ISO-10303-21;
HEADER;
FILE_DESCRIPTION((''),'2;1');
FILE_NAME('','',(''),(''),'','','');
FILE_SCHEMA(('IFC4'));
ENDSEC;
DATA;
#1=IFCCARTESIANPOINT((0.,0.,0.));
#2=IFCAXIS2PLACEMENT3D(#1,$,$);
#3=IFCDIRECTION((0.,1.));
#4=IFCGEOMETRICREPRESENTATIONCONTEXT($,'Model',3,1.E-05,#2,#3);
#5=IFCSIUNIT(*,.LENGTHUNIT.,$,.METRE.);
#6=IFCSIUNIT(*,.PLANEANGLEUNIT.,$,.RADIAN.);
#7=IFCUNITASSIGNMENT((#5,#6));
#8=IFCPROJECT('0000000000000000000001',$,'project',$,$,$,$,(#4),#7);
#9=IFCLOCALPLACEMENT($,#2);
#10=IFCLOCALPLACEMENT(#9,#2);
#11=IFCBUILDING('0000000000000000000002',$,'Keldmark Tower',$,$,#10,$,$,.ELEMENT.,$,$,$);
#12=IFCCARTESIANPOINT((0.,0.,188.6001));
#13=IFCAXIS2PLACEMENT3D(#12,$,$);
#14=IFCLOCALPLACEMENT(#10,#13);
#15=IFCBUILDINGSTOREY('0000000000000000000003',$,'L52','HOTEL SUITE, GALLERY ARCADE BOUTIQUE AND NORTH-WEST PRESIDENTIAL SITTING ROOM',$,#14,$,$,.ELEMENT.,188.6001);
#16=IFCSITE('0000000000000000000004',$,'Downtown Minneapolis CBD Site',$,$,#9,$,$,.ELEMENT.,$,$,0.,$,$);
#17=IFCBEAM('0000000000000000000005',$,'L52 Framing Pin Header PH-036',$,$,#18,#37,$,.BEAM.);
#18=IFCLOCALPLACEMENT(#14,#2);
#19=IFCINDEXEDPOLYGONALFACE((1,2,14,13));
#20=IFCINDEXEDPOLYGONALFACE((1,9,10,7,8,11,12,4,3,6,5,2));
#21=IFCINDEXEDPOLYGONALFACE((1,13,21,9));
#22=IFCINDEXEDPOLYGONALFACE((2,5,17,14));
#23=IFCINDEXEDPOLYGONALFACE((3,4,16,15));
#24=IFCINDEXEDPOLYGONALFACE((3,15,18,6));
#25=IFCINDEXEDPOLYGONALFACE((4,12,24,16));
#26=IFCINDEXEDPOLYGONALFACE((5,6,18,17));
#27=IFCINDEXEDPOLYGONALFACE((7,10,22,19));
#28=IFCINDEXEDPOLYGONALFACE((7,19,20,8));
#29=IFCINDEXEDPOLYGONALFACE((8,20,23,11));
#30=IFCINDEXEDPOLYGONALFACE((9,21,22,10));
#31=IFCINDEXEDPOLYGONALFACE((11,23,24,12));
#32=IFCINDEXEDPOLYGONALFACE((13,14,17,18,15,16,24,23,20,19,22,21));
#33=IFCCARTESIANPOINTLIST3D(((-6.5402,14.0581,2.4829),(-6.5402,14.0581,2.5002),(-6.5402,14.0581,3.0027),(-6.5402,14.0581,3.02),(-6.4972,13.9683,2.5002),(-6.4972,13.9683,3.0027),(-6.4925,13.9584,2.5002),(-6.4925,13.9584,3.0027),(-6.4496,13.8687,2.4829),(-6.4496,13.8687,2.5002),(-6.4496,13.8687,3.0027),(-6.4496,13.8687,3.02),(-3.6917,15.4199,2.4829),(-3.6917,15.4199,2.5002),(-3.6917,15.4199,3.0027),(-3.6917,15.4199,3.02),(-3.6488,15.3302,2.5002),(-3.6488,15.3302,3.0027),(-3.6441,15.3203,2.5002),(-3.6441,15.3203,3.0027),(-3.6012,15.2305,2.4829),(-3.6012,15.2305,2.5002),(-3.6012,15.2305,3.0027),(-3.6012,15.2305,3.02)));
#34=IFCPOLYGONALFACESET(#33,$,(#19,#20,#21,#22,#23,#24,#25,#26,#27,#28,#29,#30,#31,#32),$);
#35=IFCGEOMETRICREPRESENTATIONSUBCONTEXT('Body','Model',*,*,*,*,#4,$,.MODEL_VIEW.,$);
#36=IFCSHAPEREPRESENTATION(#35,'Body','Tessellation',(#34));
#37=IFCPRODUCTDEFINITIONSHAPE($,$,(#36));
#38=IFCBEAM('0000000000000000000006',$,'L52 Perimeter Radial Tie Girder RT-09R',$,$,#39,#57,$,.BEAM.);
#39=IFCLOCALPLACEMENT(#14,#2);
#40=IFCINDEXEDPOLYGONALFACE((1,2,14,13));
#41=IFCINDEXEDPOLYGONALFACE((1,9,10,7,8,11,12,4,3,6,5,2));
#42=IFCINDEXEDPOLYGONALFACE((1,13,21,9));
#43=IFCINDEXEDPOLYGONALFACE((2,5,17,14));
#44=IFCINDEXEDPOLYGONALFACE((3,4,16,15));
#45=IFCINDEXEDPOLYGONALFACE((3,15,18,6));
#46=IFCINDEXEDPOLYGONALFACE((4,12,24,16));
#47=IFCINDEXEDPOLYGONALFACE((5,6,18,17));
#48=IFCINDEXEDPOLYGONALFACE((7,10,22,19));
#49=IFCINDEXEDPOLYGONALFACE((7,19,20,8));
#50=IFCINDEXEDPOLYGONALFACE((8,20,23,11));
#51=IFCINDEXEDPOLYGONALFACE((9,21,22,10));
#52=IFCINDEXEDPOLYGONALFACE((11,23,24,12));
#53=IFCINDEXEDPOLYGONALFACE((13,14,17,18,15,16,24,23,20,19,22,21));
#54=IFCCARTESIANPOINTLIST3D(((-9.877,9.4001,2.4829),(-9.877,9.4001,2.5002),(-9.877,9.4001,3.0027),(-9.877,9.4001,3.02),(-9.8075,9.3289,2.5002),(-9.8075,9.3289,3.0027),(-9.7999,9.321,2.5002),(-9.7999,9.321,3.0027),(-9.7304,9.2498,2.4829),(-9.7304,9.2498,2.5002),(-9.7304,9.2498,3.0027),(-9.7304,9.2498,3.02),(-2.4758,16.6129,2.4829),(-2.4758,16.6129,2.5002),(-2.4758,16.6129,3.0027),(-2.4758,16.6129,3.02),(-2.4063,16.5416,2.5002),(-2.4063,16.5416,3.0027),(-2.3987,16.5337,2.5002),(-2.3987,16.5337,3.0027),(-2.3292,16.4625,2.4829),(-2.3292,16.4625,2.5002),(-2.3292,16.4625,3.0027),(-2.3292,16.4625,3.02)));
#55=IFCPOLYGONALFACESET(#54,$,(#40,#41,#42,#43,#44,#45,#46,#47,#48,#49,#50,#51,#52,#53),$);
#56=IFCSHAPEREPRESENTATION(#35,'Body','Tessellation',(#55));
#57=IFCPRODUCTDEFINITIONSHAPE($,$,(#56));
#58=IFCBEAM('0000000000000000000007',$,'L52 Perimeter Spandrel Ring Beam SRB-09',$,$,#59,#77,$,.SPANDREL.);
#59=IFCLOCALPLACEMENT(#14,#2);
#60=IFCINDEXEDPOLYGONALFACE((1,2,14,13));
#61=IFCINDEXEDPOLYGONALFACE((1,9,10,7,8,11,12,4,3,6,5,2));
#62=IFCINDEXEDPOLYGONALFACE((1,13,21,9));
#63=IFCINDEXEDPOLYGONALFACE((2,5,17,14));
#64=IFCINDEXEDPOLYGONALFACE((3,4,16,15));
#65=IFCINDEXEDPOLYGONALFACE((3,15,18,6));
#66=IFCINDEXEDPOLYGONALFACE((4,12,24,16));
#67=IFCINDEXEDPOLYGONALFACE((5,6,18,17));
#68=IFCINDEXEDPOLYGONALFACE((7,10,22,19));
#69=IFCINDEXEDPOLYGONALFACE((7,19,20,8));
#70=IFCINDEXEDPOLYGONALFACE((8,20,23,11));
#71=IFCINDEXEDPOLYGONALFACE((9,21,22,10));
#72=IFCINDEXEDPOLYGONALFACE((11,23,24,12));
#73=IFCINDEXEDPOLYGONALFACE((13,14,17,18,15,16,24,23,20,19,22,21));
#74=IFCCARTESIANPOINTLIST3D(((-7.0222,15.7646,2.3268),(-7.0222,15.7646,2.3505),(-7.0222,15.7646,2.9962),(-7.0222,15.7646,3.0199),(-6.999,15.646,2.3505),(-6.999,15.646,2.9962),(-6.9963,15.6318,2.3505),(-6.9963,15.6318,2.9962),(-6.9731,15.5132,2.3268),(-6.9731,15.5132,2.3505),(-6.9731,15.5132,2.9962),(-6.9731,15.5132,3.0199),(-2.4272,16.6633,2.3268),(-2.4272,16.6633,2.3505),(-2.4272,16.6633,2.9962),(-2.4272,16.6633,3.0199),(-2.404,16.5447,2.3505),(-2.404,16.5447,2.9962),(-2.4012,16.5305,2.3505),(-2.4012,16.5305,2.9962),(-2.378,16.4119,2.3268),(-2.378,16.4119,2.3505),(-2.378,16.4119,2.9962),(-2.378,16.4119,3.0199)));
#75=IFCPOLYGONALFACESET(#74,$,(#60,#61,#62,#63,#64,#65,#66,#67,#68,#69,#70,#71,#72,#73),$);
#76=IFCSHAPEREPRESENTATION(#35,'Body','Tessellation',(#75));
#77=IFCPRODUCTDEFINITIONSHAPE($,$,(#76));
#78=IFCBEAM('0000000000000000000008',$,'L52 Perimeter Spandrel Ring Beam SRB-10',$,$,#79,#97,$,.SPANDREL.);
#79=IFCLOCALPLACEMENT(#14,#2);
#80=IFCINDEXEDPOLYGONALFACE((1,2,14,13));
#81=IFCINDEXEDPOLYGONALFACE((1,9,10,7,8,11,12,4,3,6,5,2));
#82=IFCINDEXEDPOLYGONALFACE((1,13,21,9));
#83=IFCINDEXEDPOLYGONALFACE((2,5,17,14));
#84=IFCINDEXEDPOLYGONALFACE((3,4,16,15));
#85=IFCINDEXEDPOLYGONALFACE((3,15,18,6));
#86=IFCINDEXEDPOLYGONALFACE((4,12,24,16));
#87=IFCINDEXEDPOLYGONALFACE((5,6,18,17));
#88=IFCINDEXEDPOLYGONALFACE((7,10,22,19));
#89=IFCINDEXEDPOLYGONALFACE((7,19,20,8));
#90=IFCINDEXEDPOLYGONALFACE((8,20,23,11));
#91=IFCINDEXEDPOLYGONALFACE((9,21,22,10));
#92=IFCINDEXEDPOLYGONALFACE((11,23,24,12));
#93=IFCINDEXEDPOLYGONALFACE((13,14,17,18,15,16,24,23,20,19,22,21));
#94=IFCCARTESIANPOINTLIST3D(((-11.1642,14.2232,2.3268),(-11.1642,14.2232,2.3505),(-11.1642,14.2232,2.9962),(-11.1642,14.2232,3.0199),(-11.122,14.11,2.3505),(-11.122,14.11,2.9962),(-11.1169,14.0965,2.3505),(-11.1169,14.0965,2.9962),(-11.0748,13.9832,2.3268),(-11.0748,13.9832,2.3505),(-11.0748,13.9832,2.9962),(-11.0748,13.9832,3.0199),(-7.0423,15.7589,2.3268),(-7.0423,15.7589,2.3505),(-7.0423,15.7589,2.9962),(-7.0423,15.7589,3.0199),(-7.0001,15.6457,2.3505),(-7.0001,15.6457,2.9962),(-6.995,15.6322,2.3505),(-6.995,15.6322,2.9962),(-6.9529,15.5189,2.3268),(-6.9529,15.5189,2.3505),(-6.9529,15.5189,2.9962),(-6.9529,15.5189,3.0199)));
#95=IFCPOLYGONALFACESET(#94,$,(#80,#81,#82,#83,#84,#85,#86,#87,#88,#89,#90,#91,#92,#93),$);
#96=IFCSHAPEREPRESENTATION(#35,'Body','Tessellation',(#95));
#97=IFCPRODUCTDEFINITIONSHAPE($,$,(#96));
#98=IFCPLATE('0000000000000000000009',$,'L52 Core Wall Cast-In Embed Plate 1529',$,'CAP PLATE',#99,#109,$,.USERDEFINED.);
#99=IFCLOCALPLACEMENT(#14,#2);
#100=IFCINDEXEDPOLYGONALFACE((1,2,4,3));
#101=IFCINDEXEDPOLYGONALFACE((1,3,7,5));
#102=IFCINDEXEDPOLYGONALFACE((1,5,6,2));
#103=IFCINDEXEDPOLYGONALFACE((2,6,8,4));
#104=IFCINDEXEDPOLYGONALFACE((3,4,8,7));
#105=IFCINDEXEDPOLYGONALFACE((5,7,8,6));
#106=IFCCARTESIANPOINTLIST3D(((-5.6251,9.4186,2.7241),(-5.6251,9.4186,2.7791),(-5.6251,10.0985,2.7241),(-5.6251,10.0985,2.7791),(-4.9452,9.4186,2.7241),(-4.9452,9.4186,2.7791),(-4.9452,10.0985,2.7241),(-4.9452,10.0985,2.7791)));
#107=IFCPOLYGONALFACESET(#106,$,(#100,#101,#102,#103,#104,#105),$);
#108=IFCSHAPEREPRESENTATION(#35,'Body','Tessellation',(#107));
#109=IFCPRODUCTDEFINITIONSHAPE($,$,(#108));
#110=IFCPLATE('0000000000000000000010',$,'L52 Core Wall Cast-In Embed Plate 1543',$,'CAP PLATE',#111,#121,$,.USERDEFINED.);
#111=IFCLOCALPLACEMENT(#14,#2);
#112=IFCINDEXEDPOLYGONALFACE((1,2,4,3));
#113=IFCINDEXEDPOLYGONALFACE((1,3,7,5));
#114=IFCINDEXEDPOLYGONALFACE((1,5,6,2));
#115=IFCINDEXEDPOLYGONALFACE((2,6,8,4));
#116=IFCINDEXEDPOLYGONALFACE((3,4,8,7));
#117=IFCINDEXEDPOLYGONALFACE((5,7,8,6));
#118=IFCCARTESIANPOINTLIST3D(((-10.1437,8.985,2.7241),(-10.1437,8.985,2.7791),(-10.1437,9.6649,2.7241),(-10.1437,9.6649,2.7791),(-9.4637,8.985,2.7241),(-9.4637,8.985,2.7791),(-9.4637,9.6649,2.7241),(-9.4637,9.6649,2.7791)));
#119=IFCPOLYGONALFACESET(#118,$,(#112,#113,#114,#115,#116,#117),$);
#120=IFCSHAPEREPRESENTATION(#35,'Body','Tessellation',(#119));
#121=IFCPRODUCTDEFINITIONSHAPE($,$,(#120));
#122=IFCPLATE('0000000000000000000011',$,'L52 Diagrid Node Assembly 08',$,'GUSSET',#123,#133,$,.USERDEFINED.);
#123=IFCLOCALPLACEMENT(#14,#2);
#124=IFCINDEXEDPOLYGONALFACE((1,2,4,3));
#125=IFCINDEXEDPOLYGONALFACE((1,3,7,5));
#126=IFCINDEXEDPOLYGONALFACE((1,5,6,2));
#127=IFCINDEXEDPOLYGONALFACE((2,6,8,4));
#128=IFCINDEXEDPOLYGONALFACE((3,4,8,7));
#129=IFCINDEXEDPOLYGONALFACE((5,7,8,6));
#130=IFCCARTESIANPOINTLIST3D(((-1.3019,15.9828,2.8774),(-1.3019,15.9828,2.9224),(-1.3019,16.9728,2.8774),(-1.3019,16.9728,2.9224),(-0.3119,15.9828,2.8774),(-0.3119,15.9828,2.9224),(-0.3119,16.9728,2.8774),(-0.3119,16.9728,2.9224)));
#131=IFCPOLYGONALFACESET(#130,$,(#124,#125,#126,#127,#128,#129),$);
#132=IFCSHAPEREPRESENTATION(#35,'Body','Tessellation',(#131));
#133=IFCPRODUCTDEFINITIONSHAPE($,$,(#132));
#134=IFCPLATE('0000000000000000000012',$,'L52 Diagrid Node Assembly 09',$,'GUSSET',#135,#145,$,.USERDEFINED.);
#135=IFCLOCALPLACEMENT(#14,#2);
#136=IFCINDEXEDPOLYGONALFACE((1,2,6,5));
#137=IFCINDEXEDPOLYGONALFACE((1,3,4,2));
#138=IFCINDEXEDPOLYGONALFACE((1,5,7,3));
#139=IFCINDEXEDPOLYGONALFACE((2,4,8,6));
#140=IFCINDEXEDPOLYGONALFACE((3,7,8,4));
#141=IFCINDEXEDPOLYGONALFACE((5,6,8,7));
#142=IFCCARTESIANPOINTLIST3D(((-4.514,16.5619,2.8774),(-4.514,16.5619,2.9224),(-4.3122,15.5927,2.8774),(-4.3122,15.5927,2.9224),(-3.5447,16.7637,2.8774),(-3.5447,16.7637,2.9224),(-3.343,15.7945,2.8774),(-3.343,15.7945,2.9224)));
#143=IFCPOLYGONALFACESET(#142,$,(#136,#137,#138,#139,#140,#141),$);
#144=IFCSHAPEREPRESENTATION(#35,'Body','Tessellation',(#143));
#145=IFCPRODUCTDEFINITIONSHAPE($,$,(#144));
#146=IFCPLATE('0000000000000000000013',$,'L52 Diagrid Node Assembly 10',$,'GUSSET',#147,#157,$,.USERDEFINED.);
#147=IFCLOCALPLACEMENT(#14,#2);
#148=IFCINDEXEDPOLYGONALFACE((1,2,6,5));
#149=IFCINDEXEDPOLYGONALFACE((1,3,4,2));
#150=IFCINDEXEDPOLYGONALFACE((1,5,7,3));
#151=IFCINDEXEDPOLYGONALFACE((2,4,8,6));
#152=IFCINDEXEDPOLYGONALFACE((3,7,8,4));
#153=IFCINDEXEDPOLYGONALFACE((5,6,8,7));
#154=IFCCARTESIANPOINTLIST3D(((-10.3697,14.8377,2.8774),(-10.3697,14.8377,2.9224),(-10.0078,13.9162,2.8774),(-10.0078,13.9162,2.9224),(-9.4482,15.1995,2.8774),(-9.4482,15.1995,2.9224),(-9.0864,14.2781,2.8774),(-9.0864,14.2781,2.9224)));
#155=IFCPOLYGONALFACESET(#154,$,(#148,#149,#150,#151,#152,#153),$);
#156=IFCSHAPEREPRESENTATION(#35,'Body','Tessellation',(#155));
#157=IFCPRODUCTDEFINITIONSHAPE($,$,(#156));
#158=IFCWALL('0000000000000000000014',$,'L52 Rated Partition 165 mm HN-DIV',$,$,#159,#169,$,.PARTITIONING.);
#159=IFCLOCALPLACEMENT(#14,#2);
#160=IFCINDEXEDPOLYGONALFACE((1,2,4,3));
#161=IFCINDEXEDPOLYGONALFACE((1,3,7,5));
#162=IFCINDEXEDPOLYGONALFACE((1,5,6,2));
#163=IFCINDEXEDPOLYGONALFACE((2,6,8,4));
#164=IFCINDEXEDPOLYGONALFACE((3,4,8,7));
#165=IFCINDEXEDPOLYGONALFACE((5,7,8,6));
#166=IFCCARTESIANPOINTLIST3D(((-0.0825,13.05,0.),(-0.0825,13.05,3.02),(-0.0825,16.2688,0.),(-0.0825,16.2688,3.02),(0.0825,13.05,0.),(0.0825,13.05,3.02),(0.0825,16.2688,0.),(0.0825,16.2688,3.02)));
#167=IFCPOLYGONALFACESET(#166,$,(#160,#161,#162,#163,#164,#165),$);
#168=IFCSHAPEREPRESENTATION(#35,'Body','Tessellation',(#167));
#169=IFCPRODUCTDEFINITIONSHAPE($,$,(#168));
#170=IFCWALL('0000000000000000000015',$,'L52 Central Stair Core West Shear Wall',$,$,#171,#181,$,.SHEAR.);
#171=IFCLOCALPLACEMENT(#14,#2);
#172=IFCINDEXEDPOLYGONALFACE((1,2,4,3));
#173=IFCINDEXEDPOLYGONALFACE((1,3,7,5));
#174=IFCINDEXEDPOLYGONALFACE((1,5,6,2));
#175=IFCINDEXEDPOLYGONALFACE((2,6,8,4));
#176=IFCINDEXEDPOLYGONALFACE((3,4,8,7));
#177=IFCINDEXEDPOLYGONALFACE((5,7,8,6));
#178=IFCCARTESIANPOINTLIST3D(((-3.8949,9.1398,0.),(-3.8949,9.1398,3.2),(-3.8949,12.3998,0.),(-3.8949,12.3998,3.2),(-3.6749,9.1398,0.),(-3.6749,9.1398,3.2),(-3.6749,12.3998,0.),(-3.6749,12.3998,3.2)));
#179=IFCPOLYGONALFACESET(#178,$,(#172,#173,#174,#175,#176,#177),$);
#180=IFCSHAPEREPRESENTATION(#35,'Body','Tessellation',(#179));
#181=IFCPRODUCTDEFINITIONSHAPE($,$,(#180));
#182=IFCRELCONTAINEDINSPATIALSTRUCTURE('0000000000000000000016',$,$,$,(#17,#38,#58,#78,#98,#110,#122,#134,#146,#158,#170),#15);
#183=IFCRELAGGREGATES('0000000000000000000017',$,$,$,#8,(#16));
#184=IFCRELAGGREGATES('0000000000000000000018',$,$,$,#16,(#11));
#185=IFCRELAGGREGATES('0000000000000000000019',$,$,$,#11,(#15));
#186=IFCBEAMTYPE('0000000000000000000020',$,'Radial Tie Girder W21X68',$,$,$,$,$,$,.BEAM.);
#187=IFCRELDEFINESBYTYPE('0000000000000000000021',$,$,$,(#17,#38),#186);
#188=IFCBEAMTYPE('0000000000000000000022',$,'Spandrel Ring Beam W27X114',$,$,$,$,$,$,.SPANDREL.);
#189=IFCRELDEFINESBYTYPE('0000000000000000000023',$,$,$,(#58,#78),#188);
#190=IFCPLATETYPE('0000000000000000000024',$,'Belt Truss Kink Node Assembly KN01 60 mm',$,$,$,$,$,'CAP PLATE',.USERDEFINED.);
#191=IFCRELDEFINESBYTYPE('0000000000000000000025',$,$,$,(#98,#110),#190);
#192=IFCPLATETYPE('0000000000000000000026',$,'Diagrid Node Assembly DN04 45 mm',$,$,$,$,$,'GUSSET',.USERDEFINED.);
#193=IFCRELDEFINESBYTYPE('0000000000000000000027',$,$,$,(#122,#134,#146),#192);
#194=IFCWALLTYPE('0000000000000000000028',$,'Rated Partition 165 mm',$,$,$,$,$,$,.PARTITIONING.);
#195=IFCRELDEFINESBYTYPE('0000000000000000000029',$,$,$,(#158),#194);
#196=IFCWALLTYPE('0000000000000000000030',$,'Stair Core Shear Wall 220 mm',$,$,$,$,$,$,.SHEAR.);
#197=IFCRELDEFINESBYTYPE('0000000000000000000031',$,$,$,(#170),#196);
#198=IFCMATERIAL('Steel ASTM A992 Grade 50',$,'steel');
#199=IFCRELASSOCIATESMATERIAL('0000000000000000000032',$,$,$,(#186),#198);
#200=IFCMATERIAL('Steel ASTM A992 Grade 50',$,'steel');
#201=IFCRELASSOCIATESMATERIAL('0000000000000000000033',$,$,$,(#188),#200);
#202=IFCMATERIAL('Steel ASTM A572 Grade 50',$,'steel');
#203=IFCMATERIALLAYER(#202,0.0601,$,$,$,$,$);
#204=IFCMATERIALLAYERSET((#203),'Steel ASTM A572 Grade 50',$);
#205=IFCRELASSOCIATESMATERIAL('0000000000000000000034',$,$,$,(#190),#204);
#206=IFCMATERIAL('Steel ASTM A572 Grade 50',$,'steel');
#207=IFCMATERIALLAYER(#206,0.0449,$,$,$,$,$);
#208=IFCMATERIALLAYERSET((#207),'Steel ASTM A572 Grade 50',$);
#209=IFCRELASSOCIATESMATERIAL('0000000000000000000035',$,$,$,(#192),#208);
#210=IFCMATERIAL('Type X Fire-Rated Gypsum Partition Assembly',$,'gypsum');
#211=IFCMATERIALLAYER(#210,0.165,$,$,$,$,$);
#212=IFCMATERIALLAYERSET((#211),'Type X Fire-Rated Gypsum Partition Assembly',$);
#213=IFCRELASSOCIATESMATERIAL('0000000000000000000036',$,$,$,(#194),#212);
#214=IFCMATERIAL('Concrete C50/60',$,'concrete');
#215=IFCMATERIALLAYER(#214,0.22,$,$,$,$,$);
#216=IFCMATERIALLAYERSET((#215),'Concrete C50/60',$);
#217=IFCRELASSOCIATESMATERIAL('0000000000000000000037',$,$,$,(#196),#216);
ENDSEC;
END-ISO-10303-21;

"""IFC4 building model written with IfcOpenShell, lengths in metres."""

from ifc_helpers import new_model, si_unit, direction, frame, frame_2d, origin, origin_2d, place, context, subcontext, project, spatial, rectangle, i_section, extrude, material, layer, layer_set, material_profile, profile_set, type_object, element, save


model = new_model("IFC4")

# Units and contexts
model_context = context("Model", 3, precision=1e-05, world=origin(), true_north=direction((0.0, 1.0)))
body_context = subcontext(model_context, "Body", "Model", "MODEL_VIEW")
ifc_project = project(units=[si_unit("LENGTHUNIT", "METRE"), si_unit("PLANEANGLEUNIT", "RADIAN")], contexts=[model_context])

# Site, building, storey
site_placement = place(None, origin())
site = spatial("IfcSite", under=ifc_project, at=site_placement, Name="Downtown Minneapolis CBD Site", CompositionType="ELEMENT", RefElevation=0.0)
building_placement = place(site_placement, origin())
building = spatial("IfcBuilding", under=site, at=building_placement, Name="Keldmark Tower", CompositionType="ELEMENT")
storey_placement = place(building_placement, frame((0.0, 0.0, 188.6001)))
storey = spatial("IfcBuildingStorey", under=building, at=storey_placement, Name="L52", Description="HOTEL SUITE, GALLERY ARCADE BOUTIQUE AND NORTH-WEST PRESIDENTIAL SITTING ROOM", CompositionType="ELEMENT", Elevation=188.6001)

# Beams
ifc_material_1 = material(Name="Steel ASTM A992 Grade 50", Category="steel")
ifc_material_profile_1 = material_profile(ifc_material_1, i_section(OverallWidth=0.21, OverallDepth=0.5371, WebThickness=0.011, FlangeThickness=0.0173, at=origin_2d()), Name="W21X68")
ifc_profile_set_1 = profile_set([ifc_material_profile_1], Name="Steel ASTM A992 Grade 50")
beam_type_1 = type_object("IfcBeamType", Name="Radial Tie Girder W21X68", PredefinedType="BEAM", material=ifc_profile_set_1)
beam_1_placement = place(storey_placement, frame((-6.4949, 13.9634, 2.7515), z_axis=(0.90219, 0.431338, 0.0), x_axis=(-0.431338, 0.90219, 0.0)))
element("IfcBeam", 1, at=beam_1_placement, inside=storey, type_object=beam_type_1, Name="L52 Framing Pin Header PH-036", PredefinedType="BEAM", context=body_context, shape_type="SweptSolid", body=[
    extrude(i_section(OverallWidth=0.21, OverallDepth=0.5371, WebThickness=0.011, FlangeThickness=0.0173, at=origin_2d()), origin(), (0.0, 0.0, 1.0), 3.1572),
])
beam_2_placement = place(storey_placement, frame((-9.8037, 9.325, 2.7515), z_axis=(0.716167, 0.697929, 0.0), x_axis=(-0.697929, 0.716167, 0.0)))
element("IfcBeam", 2, at=beam_2_placement, inside=storey, type_object=beam_type_1, Name="L52 Perimeter Radial Tie Girder RT-09R", PredefinedType="BEAM", context=body_context, shape_type="SweptSolid", body=[
    extrude(i_section(OverallWidth=0.21, OverallDepth=0.5371, WebThickness=0.011, FlangeThickness=0.0173, at=origin_2d()), origin(), (0.0, 0.0, 1.0), 10.3345),
])
ifc_material_2 = material(Name="Steel ASTM A992 Grade 50", Category="steel")
ifc_material_profile_2 = material_profile(ifc_material_2, i_section(OverallWidth=0.2561, OverallDepth=0.6931, WebThickness=0.0144, FlangeThickness=0.0237, at=origin_2d()), Name="W27X114")
ifc_profile_set_2 = profile_set([ifc_material_profile_2], Name="Steel ASTM A992 Grade 50")
beam_type_2 = type_object("IfcBeamType", Name="Spandrel Ring Beam W27X114", PredefinedType="SPANDREL", material=ifc_profile_set_2)
beam_3_placement = place(storey_placement, frame((-2.4026, 16.5376, 2.6733), z_axis=(-0.981406, -0.191943, 0.0), x_axis=(0.191943, -0.981406, 0.0)))
element("IfcBeam", 3, at=beam_3_placement, inside=storey, type_object=beam_type_2, Name="L52 Perimeter Spandrel Ring Beam SRB-09", PredefinedType="SPANDREL", context=body_context, shape_type="SweptSolid", body=[
    extrude(i_section(OverallWidth=0.2561, OverallDepth=0.6931, WebThickness=0.0144, FlangeThickness=0.0237, at=origin_2d()), origin(), (0.0, 0.0, 1.0), 4.6821),
])
beam_4_placement = place(storey_placement, frame((-6.9976, 15.6389, 2.6733), z_axis=(-0.937077, -0.349121, 0.0), x_axis=(0.349121, -0.937077, 0.0)))
element("IfcBeam", 4, at=beam_4_placement, inside=storey, type_object=beam_type_2, Name="L52 Perimeter Spandrel Ring Beam SRB-10", PredefinedType="SPANDREL", context=body_context, shape_type="SweptSolid", body=[
    extrude(i_section(OverallWidth=0.2561, OverallDepth=0.6931, WebThickness=0.0144, FlangeThickness=0.0237, at=origin_2d()), origin(), (0.0, 0.0, 1.0), 4.3987),
])

# Plates
ifc_material_3 = material(Name="Steel ASTM A572 Grade 50", Category="steel")
ifc_layer_1 = layer(ifc_material_3, 0.0601)
ifc_layer_set_1 = layer_set([ifc_layer_1], Name="Steel ASTM A572 Grade 50")
plate_type_1 = type_object("IfcPlateType", Name="Belt Truss Kink Node Assembly KN01 60 mm", ElementType="CAP PLATE", PredefinedType="USERDEFINED", material=ifc_layer_set_1)
for number, where, z_axis, x_axis, name in (
    (5, (-5.2852, 9.7585, 2.7241), (0.0, 0.0, 1.0), (1.0, 0.0, 0.0), "L52 Core Wall Cast-In Embed Plate 1529"),
    (6, (-9.8037, 9.325, 2.7241), (0.0, 0.0, 1.0), (1.0, 0.0, 0.0), "L52 Core Wall Cast-In Embed Plate 1543"),
):
    element("IfcPlate", number, at=place(storey_placement, frame(where, z_axis=z_axis, x_axis=x_axis)), inside=storey, type_object=plate_type_1, Name=name, ObjectType="CAP PLATE", PredefinedType="USERDEFINED", context=body_context, shape_type="SweptSolid", body=[
        extrude(rectangle(XDim=0.6799, YDim=0.6799, at=origin_2d()), origin(), (0.0, 0.0, 1.0), 0.0549),
    ])
ifc_material_4 = material(Name="Steel ASTM A572 Grade 50", Category="steel")
ifc_layer_2 = layer(ifc_material_4, 0.0449)
ifc_layer_set_2 = layer_set([ifc_layer_2], Name="Steel ASTM A572 Grade 50")
plate_type_2 = type_object("IfcPlateType", Name="Diagrid Node Assembly DN04 45 mm", ElementType="GUSSET", PredefinedType="USERDEFINED", material=ifc_layer_set_2)
for number, where, z_axis, x_axis, name in (
    (7, (-0.8069, 16.4778, 2.8774), (0.0, 0.0, 1.0), (-1.0, 0.0, 0.0), "L52 Diagrid Node Assembly 08"),
    (8, (-3.9285, 16.1782, 2.8774), (0.0, 0.0, 1.0), (-0.97901, -0.203813, 0.0), "L52 Diagrid Node Assembly 09"),
    (9, (-9.728, 14.5579, 2.8774), (0.0, 0.0, 1.0), (-0.930801, -0.365527, 0.0), "L52 Diagrid Node Assembly 10"),
):
    element("IfcPlate", number, at=place(storey_placement, frame(where, z_axis=z_axis, x_axis=x_axis)), inside=storey, type_object=plate_type_2, Name=name, ObjectType="GUSSET", PredefinedType="USERDEFINED", context=body_context, shape_type="SweptSolid", body=[
        extrude(rectangle(XDim=0.99, YDim=0.99, at=origin_2d()), origin(), (0.0, 0.0, 1.0), 0.0449),
    ])

# Walls
ifc_material_5 = material(Name="Type X Fire-Rated Gypsum Partition Assembly", Category="gypsum")
ifc_layer_3 = layer(ifc_material_5, 0.165)
ifc_layer_set_3 = layer_set([ifc_layer_3], Name="Type X Fire-Rated Gypsum Partition Assembly")
wall_type_1 = type_object("IfcWallType", Name="Rated Partition 165 mm", PredefinedType="PARTITIONING", material=ifc_layer_set_3)
wall_1_placement = place(storey_placement, frame((0.0, 13.05, 0.0), z_axis=(0.0, 0.0, 1.0), x_axis=(0.0, 1.0, 0.0)))
element("IfcWall", 10, at=wall_1_placement, inside=storey, type_object=wall_type_1, Name="L52 Rated Partition 165 mm HN-DIV", PredefinedType="PARTITIONING", context=body_context, shape_type="SweptSolid", body=[
    extrude(rectangle(XDim=3.2188, YDim=0.165, at=frame_2d((1.6094, 0.0))), origin(), (0.0, 0.0, 1.0), 3.02),
])
ifc_material_6 = material(Name="Concrete C50/60", Category="concrete")
ifc_layer_4 = layer(ifc_material_6, 0.22)
ifc_layer_set_4 = layer_set([ifc_layer_4], Name="Concrete C50/60")
wall_type_2 = type_object("IfcWallType", Name="Stair Core Shear Wall 220 mm", PredefinedType="SHEAR", material=ifc_layer_set_4)
wall_2_placement = place(storey_placement, frame((-3.7849, 9.1399, 0.0), z_axis=(0.0, 0.0, 1.0), x_axis=(0.0, 1.0, 0.0)))
element("IfcWall", 11, at=wall_2_placement, inside=storey, type_object=wall_type_2, Name="L52 Central Stair Core West Shear Wall", PredefinedType="SHEAR", context=body_context, shape_type="SweptSolid", body=[
    extrude(rectangle(XDim=3.26, YDim=0.22, at=frame_2d((1.6299, 0.0))), origin(), (0.0, 0.0, 1.0), 3.2),
])

save(model, "model.ifc")
